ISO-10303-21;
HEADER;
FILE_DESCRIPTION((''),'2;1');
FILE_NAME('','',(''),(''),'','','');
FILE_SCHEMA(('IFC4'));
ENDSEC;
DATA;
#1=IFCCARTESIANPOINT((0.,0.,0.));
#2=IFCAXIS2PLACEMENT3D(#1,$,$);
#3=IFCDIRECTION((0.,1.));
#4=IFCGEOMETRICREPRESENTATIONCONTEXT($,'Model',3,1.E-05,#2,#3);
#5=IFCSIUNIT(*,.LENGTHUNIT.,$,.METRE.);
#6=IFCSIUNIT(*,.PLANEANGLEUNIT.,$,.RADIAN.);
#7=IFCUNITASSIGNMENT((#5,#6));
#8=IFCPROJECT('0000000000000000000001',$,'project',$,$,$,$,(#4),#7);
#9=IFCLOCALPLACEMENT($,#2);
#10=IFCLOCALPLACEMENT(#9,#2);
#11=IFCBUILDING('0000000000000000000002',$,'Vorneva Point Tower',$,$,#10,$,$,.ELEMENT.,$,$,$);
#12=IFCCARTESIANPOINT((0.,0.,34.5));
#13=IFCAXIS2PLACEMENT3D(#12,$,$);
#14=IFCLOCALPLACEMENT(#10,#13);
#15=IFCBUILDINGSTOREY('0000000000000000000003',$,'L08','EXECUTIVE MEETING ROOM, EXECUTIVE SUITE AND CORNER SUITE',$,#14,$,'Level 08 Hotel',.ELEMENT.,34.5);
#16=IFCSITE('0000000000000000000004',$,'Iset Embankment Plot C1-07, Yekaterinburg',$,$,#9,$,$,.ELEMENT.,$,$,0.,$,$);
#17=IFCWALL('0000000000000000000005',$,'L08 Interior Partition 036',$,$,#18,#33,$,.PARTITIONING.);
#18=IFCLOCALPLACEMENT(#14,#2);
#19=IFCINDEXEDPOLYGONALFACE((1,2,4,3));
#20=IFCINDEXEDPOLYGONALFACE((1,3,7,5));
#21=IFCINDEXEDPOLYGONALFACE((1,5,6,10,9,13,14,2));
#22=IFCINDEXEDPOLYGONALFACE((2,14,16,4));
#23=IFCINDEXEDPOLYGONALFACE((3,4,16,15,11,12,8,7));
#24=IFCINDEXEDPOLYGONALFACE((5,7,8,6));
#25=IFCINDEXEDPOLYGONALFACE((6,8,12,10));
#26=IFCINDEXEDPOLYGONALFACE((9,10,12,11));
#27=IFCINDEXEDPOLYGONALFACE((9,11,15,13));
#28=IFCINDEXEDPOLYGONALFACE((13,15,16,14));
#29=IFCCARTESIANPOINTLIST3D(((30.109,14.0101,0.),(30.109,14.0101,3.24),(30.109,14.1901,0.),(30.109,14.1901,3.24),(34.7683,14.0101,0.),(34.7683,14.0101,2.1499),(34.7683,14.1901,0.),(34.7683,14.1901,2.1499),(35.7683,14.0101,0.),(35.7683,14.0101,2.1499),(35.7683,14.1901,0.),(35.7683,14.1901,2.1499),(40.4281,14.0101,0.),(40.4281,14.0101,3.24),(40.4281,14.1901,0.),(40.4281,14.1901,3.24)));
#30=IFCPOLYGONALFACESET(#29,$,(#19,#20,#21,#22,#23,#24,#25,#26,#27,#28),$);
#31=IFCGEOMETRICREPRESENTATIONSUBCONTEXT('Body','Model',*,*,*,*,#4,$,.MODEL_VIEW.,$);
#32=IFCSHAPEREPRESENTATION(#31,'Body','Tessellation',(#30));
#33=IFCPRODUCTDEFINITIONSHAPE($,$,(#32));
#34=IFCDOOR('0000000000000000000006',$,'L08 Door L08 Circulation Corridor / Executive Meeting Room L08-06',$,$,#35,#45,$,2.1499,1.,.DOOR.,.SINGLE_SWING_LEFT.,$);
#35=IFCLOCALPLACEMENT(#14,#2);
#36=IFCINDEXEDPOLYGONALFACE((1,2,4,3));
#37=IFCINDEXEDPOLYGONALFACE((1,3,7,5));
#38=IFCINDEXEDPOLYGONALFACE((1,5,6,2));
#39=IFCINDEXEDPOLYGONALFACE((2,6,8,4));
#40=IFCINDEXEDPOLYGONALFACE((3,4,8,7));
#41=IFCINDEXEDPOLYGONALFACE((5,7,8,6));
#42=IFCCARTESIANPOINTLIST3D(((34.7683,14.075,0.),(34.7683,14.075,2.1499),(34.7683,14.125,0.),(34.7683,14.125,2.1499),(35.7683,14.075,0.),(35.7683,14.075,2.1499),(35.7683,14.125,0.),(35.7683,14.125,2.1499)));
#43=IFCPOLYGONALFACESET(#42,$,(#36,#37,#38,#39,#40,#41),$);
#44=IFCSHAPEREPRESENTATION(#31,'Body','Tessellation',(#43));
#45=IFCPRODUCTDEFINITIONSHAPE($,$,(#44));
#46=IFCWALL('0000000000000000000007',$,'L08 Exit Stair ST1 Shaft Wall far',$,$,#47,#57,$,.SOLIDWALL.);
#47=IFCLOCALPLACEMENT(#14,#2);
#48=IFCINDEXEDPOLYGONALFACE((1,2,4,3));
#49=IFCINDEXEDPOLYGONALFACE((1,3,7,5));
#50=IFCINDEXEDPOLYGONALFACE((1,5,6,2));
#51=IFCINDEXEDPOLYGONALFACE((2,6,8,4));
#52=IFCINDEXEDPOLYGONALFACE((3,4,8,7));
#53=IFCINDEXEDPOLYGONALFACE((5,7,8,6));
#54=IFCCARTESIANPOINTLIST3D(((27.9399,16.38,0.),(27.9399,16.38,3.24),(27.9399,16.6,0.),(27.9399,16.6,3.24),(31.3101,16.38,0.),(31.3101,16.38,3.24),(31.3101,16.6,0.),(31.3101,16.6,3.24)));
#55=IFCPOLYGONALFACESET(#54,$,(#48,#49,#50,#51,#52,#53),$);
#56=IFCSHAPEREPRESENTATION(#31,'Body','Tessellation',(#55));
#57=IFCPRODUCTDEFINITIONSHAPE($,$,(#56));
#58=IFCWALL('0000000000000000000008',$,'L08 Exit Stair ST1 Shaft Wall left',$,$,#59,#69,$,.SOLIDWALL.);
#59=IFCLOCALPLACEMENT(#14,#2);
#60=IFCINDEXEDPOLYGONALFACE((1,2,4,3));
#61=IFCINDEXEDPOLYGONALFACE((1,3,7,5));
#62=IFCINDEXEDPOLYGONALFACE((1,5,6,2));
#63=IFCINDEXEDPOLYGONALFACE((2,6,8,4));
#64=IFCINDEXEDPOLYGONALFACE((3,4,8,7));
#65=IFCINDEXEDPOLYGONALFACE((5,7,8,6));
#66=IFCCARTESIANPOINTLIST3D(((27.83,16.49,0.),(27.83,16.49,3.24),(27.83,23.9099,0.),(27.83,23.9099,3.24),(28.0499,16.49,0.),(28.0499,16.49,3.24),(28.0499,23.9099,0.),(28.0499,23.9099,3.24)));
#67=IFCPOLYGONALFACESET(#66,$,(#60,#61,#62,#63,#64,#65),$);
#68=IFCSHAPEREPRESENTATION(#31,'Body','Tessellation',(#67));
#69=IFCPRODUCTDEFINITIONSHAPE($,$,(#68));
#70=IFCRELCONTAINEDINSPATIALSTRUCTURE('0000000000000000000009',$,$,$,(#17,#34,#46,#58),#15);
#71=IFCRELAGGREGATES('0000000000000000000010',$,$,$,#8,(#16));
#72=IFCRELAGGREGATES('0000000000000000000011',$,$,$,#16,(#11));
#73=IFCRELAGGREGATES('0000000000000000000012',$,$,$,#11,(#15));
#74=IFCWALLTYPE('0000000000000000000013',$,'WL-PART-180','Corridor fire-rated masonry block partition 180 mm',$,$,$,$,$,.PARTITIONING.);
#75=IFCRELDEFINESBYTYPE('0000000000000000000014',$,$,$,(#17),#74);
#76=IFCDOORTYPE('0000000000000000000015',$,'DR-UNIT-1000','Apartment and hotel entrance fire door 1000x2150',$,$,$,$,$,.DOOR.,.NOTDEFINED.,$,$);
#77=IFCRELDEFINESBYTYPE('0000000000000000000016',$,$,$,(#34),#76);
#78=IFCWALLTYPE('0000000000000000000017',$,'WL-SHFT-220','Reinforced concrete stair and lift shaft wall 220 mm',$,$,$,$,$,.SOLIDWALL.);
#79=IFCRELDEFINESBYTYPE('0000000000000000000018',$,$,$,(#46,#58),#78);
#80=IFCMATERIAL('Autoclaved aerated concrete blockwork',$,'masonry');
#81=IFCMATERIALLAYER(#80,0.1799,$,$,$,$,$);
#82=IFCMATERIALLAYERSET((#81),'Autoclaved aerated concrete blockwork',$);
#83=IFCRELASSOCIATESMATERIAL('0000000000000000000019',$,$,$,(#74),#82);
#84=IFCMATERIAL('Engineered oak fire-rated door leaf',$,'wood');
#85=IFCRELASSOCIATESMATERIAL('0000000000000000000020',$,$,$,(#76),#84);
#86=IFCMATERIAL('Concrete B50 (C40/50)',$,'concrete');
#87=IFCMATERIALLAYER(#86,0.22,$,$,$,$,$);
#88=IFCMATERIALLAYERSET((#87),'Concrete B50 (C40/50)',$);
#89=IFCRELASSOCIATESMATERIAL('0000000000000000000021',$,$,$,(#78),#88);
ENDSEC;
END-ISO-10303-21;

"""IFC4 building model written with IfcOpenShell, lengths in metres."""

from ifc_helpers import new_model, si_unit, direction, frame, frame_2d, origin, place, context, subcontext, project, spatial, rectangle, extrude, material, layer, layer_set, type_object, element, fill, save


model = new_model("IFC4")

# Units and contexts
model_context = context("Model", 3, precision=1e-05, world=origin(), true_north=direction((0.0, 1.0)))
body_context = subcontext(model_context, "Body", "Model", "MODEL_VIEW")
ifc_project = project(units=[si_unit("LENGTHUNIT", "METRE"), si_unit("PLANEANGLEUNIT", "RADIAN")], contexts=[model_context])

# Site, building, storey
site_placement = place(None, origin())
site = spatial("IfcSite", under=ifc_project, at=site_placement, Name="Iset Embankment Plot C1-07, Yekaterinburg", CompositionType="ELEMENT", RefElevation=0.0)
building_placement = place(site_placement, origin())
building = spatial("IfcBuilding", under=site, at=building_placement, Name="Vorneva Point Tower", CompositionType="ELEMENT")
storey_placement = place(building_placement, frame((0.0, 0.0, 34.5)))
storey = spatial("IfcBuildingStorey", under=building, at=storey_placement, Name="L08", Description="EXECUTIVE MEETING ROOM, EXECUTIVE SUITE AND CORNER SUITE", LongName="Level 08 Hotel", CompositionType="ELEMENT", Elevation=34.5)

# Wall, opening, door
ifc_material_1 = material(Name="Autoclaved aerated concrete blockwork", Category="masonry")
ifc_layer_1 = layer(ifc_material_1, 0.1799)
ifc_layer_set_1 = layer_set([ifc_layer_1], Name="Autoclaved aerated concrete blockwork")
wall_type_1 = type_object("IfcWallType", Name="WL-PART-180", Description="Corridor fire-rated masonry block partition 180 mm", PredefinedType="PARTITIONING", material=ifc_layer_set_1)
ifc_material_2 = material(Name="Engineered oak fire-rated door leaf", Category="wood")
wall_1_placement = place(storey_placement, frame((30.1089, 14.1001, 0.0), z_axis=(0.0, 0.0, 1.0), x_axis=(1.0, 0.0, 0.0)))
wall_1 = element("IfcWall", 1, at=wall_1_placement, inside=storey, type_object=wall_type_1, Name="L08 Interior Partition 036", PredefinedType="PARTITIONING", context=body_context, shape_type="SweptSolid", body=[
    extrude(rectangle(XDim=10.3191, YDim=0.1799, at=frame_2d((5.1597, 0.0))), origin(), (0.0, 0.0, 1.0), 3.24),
])
opening_1_placement = place(wall_1_placement, frame((4.6594, 0.0, 0.0)))
opening_1 = element("IfcOpeningElement", 2, at=opening_1_placement, cuts=wall_1, PredefinedType="OPENING", context=body_context, shape_type="SweptSolid", body=[
    extrude(rectangle(XDim=1.0, YDim=2.1499, at=frame_2d((0.5, 1.075))), frame((0.0, 0.105, 0.0), z_axis=(0.0, -1.0, 0.0), x_axis=(1.0, 0.0, 0.0)), (0.0, 0.0, 1.0), 0.2097),
])
door_type_1 = type_object("IfcDoorType", Name="DR-UNIT-1000", Description="Apartment and hotel entrance fire door 1000x2150", OperationType="NOTDEFINED", PredefinedType="DOOR", material=ifc_material_2)
door_1_placement = place(opening_1_placement, origin())
door_1 = element("IfcDoor", 3, at=door_1_placement, inside=storey, type_object=door_type_1, Name="L08 Door L08 Circulation Corridor / Executive Meeting Room L08-06", OperationType="SINGLE_SWING_LEFT", OverallHeight=2.1499, OverallWidth=1.0, PredefinedType="DOOR", context=body_context, shape_type="SweptSolid", body=[
    extrude(rectangle(XDim=1.0, YDim=2.1499, at=frame_2d((0.5, 1.075))), frame((0.0, 0.0249, 0.0), z_axis=(0.0, -1.0, 0.0), x_axis=(1.0, 0.0, 0.0)), (0.0, 0.0, 1.0), 0.05),
])
fill(opening_1, door_1)

# Walls
ifc_material_3 = material(Name="Concrete B50 (C40/50)", Category="concrete")
ifc_layer_2 = layer(ifc_material_3, 0.22)
ifc_layer_set_2 = layer_set([ifc_layer_2], Name="Concrete B50 (C40/50)")
wall_type_2 = type_object("IfcWallType", Name="WL-SHFT-220", Description="Reinforced concrete stair and lift shaft wall 220 mm", PredefinedType="SOLIDWALL", material=ifc_layer_set_2)
wall_2_placement = place(storey_placement, frame((31.3101, 16.49, 0.0), z_axis=(0.0, 0.0, 1.0), x_axis=(-1.0, 0.0, 0.0)))
element("IfcWall", 4, at=wall_2_placement, inside=storey, type_object=wall_type_2, Name="L08 Exit Stair ST1 Shaft Wall far", PredefinedType="SOLIDWALL", context=body_context, shape_type="SweptSolid", body=[
    extrude(rectangle(XDim=3.3701, YDim=0.22, at=frame_2d((1.6851, 0.0))), origin(), (0.0, 0.0, 1.0), 3.24),
])
wall_3_placement = place(storey_placement, frame((27.9399, 16.49, 0.0), z_axis=(0.0, 0.0, 1.0), x_axis=(0.0, 1.0, 0.0)))
element("IfcWall", 5, at=wall_3_placement, inside=storey, type_object=wall_type_2, Name="L08 Exit Stair ST1 Shaft Wall left", PredefinedType="SOLIDWALL", context=body_context, shape_type="SweptSolid", body=[
    extrude(rectangle(XDim=7.4199, YDim=0.22, at=frame_2d((3.71, 0.0))), origin(), (0.0, 0.0, 1.0), 3.24),
])

save(model, "model.ifc")
